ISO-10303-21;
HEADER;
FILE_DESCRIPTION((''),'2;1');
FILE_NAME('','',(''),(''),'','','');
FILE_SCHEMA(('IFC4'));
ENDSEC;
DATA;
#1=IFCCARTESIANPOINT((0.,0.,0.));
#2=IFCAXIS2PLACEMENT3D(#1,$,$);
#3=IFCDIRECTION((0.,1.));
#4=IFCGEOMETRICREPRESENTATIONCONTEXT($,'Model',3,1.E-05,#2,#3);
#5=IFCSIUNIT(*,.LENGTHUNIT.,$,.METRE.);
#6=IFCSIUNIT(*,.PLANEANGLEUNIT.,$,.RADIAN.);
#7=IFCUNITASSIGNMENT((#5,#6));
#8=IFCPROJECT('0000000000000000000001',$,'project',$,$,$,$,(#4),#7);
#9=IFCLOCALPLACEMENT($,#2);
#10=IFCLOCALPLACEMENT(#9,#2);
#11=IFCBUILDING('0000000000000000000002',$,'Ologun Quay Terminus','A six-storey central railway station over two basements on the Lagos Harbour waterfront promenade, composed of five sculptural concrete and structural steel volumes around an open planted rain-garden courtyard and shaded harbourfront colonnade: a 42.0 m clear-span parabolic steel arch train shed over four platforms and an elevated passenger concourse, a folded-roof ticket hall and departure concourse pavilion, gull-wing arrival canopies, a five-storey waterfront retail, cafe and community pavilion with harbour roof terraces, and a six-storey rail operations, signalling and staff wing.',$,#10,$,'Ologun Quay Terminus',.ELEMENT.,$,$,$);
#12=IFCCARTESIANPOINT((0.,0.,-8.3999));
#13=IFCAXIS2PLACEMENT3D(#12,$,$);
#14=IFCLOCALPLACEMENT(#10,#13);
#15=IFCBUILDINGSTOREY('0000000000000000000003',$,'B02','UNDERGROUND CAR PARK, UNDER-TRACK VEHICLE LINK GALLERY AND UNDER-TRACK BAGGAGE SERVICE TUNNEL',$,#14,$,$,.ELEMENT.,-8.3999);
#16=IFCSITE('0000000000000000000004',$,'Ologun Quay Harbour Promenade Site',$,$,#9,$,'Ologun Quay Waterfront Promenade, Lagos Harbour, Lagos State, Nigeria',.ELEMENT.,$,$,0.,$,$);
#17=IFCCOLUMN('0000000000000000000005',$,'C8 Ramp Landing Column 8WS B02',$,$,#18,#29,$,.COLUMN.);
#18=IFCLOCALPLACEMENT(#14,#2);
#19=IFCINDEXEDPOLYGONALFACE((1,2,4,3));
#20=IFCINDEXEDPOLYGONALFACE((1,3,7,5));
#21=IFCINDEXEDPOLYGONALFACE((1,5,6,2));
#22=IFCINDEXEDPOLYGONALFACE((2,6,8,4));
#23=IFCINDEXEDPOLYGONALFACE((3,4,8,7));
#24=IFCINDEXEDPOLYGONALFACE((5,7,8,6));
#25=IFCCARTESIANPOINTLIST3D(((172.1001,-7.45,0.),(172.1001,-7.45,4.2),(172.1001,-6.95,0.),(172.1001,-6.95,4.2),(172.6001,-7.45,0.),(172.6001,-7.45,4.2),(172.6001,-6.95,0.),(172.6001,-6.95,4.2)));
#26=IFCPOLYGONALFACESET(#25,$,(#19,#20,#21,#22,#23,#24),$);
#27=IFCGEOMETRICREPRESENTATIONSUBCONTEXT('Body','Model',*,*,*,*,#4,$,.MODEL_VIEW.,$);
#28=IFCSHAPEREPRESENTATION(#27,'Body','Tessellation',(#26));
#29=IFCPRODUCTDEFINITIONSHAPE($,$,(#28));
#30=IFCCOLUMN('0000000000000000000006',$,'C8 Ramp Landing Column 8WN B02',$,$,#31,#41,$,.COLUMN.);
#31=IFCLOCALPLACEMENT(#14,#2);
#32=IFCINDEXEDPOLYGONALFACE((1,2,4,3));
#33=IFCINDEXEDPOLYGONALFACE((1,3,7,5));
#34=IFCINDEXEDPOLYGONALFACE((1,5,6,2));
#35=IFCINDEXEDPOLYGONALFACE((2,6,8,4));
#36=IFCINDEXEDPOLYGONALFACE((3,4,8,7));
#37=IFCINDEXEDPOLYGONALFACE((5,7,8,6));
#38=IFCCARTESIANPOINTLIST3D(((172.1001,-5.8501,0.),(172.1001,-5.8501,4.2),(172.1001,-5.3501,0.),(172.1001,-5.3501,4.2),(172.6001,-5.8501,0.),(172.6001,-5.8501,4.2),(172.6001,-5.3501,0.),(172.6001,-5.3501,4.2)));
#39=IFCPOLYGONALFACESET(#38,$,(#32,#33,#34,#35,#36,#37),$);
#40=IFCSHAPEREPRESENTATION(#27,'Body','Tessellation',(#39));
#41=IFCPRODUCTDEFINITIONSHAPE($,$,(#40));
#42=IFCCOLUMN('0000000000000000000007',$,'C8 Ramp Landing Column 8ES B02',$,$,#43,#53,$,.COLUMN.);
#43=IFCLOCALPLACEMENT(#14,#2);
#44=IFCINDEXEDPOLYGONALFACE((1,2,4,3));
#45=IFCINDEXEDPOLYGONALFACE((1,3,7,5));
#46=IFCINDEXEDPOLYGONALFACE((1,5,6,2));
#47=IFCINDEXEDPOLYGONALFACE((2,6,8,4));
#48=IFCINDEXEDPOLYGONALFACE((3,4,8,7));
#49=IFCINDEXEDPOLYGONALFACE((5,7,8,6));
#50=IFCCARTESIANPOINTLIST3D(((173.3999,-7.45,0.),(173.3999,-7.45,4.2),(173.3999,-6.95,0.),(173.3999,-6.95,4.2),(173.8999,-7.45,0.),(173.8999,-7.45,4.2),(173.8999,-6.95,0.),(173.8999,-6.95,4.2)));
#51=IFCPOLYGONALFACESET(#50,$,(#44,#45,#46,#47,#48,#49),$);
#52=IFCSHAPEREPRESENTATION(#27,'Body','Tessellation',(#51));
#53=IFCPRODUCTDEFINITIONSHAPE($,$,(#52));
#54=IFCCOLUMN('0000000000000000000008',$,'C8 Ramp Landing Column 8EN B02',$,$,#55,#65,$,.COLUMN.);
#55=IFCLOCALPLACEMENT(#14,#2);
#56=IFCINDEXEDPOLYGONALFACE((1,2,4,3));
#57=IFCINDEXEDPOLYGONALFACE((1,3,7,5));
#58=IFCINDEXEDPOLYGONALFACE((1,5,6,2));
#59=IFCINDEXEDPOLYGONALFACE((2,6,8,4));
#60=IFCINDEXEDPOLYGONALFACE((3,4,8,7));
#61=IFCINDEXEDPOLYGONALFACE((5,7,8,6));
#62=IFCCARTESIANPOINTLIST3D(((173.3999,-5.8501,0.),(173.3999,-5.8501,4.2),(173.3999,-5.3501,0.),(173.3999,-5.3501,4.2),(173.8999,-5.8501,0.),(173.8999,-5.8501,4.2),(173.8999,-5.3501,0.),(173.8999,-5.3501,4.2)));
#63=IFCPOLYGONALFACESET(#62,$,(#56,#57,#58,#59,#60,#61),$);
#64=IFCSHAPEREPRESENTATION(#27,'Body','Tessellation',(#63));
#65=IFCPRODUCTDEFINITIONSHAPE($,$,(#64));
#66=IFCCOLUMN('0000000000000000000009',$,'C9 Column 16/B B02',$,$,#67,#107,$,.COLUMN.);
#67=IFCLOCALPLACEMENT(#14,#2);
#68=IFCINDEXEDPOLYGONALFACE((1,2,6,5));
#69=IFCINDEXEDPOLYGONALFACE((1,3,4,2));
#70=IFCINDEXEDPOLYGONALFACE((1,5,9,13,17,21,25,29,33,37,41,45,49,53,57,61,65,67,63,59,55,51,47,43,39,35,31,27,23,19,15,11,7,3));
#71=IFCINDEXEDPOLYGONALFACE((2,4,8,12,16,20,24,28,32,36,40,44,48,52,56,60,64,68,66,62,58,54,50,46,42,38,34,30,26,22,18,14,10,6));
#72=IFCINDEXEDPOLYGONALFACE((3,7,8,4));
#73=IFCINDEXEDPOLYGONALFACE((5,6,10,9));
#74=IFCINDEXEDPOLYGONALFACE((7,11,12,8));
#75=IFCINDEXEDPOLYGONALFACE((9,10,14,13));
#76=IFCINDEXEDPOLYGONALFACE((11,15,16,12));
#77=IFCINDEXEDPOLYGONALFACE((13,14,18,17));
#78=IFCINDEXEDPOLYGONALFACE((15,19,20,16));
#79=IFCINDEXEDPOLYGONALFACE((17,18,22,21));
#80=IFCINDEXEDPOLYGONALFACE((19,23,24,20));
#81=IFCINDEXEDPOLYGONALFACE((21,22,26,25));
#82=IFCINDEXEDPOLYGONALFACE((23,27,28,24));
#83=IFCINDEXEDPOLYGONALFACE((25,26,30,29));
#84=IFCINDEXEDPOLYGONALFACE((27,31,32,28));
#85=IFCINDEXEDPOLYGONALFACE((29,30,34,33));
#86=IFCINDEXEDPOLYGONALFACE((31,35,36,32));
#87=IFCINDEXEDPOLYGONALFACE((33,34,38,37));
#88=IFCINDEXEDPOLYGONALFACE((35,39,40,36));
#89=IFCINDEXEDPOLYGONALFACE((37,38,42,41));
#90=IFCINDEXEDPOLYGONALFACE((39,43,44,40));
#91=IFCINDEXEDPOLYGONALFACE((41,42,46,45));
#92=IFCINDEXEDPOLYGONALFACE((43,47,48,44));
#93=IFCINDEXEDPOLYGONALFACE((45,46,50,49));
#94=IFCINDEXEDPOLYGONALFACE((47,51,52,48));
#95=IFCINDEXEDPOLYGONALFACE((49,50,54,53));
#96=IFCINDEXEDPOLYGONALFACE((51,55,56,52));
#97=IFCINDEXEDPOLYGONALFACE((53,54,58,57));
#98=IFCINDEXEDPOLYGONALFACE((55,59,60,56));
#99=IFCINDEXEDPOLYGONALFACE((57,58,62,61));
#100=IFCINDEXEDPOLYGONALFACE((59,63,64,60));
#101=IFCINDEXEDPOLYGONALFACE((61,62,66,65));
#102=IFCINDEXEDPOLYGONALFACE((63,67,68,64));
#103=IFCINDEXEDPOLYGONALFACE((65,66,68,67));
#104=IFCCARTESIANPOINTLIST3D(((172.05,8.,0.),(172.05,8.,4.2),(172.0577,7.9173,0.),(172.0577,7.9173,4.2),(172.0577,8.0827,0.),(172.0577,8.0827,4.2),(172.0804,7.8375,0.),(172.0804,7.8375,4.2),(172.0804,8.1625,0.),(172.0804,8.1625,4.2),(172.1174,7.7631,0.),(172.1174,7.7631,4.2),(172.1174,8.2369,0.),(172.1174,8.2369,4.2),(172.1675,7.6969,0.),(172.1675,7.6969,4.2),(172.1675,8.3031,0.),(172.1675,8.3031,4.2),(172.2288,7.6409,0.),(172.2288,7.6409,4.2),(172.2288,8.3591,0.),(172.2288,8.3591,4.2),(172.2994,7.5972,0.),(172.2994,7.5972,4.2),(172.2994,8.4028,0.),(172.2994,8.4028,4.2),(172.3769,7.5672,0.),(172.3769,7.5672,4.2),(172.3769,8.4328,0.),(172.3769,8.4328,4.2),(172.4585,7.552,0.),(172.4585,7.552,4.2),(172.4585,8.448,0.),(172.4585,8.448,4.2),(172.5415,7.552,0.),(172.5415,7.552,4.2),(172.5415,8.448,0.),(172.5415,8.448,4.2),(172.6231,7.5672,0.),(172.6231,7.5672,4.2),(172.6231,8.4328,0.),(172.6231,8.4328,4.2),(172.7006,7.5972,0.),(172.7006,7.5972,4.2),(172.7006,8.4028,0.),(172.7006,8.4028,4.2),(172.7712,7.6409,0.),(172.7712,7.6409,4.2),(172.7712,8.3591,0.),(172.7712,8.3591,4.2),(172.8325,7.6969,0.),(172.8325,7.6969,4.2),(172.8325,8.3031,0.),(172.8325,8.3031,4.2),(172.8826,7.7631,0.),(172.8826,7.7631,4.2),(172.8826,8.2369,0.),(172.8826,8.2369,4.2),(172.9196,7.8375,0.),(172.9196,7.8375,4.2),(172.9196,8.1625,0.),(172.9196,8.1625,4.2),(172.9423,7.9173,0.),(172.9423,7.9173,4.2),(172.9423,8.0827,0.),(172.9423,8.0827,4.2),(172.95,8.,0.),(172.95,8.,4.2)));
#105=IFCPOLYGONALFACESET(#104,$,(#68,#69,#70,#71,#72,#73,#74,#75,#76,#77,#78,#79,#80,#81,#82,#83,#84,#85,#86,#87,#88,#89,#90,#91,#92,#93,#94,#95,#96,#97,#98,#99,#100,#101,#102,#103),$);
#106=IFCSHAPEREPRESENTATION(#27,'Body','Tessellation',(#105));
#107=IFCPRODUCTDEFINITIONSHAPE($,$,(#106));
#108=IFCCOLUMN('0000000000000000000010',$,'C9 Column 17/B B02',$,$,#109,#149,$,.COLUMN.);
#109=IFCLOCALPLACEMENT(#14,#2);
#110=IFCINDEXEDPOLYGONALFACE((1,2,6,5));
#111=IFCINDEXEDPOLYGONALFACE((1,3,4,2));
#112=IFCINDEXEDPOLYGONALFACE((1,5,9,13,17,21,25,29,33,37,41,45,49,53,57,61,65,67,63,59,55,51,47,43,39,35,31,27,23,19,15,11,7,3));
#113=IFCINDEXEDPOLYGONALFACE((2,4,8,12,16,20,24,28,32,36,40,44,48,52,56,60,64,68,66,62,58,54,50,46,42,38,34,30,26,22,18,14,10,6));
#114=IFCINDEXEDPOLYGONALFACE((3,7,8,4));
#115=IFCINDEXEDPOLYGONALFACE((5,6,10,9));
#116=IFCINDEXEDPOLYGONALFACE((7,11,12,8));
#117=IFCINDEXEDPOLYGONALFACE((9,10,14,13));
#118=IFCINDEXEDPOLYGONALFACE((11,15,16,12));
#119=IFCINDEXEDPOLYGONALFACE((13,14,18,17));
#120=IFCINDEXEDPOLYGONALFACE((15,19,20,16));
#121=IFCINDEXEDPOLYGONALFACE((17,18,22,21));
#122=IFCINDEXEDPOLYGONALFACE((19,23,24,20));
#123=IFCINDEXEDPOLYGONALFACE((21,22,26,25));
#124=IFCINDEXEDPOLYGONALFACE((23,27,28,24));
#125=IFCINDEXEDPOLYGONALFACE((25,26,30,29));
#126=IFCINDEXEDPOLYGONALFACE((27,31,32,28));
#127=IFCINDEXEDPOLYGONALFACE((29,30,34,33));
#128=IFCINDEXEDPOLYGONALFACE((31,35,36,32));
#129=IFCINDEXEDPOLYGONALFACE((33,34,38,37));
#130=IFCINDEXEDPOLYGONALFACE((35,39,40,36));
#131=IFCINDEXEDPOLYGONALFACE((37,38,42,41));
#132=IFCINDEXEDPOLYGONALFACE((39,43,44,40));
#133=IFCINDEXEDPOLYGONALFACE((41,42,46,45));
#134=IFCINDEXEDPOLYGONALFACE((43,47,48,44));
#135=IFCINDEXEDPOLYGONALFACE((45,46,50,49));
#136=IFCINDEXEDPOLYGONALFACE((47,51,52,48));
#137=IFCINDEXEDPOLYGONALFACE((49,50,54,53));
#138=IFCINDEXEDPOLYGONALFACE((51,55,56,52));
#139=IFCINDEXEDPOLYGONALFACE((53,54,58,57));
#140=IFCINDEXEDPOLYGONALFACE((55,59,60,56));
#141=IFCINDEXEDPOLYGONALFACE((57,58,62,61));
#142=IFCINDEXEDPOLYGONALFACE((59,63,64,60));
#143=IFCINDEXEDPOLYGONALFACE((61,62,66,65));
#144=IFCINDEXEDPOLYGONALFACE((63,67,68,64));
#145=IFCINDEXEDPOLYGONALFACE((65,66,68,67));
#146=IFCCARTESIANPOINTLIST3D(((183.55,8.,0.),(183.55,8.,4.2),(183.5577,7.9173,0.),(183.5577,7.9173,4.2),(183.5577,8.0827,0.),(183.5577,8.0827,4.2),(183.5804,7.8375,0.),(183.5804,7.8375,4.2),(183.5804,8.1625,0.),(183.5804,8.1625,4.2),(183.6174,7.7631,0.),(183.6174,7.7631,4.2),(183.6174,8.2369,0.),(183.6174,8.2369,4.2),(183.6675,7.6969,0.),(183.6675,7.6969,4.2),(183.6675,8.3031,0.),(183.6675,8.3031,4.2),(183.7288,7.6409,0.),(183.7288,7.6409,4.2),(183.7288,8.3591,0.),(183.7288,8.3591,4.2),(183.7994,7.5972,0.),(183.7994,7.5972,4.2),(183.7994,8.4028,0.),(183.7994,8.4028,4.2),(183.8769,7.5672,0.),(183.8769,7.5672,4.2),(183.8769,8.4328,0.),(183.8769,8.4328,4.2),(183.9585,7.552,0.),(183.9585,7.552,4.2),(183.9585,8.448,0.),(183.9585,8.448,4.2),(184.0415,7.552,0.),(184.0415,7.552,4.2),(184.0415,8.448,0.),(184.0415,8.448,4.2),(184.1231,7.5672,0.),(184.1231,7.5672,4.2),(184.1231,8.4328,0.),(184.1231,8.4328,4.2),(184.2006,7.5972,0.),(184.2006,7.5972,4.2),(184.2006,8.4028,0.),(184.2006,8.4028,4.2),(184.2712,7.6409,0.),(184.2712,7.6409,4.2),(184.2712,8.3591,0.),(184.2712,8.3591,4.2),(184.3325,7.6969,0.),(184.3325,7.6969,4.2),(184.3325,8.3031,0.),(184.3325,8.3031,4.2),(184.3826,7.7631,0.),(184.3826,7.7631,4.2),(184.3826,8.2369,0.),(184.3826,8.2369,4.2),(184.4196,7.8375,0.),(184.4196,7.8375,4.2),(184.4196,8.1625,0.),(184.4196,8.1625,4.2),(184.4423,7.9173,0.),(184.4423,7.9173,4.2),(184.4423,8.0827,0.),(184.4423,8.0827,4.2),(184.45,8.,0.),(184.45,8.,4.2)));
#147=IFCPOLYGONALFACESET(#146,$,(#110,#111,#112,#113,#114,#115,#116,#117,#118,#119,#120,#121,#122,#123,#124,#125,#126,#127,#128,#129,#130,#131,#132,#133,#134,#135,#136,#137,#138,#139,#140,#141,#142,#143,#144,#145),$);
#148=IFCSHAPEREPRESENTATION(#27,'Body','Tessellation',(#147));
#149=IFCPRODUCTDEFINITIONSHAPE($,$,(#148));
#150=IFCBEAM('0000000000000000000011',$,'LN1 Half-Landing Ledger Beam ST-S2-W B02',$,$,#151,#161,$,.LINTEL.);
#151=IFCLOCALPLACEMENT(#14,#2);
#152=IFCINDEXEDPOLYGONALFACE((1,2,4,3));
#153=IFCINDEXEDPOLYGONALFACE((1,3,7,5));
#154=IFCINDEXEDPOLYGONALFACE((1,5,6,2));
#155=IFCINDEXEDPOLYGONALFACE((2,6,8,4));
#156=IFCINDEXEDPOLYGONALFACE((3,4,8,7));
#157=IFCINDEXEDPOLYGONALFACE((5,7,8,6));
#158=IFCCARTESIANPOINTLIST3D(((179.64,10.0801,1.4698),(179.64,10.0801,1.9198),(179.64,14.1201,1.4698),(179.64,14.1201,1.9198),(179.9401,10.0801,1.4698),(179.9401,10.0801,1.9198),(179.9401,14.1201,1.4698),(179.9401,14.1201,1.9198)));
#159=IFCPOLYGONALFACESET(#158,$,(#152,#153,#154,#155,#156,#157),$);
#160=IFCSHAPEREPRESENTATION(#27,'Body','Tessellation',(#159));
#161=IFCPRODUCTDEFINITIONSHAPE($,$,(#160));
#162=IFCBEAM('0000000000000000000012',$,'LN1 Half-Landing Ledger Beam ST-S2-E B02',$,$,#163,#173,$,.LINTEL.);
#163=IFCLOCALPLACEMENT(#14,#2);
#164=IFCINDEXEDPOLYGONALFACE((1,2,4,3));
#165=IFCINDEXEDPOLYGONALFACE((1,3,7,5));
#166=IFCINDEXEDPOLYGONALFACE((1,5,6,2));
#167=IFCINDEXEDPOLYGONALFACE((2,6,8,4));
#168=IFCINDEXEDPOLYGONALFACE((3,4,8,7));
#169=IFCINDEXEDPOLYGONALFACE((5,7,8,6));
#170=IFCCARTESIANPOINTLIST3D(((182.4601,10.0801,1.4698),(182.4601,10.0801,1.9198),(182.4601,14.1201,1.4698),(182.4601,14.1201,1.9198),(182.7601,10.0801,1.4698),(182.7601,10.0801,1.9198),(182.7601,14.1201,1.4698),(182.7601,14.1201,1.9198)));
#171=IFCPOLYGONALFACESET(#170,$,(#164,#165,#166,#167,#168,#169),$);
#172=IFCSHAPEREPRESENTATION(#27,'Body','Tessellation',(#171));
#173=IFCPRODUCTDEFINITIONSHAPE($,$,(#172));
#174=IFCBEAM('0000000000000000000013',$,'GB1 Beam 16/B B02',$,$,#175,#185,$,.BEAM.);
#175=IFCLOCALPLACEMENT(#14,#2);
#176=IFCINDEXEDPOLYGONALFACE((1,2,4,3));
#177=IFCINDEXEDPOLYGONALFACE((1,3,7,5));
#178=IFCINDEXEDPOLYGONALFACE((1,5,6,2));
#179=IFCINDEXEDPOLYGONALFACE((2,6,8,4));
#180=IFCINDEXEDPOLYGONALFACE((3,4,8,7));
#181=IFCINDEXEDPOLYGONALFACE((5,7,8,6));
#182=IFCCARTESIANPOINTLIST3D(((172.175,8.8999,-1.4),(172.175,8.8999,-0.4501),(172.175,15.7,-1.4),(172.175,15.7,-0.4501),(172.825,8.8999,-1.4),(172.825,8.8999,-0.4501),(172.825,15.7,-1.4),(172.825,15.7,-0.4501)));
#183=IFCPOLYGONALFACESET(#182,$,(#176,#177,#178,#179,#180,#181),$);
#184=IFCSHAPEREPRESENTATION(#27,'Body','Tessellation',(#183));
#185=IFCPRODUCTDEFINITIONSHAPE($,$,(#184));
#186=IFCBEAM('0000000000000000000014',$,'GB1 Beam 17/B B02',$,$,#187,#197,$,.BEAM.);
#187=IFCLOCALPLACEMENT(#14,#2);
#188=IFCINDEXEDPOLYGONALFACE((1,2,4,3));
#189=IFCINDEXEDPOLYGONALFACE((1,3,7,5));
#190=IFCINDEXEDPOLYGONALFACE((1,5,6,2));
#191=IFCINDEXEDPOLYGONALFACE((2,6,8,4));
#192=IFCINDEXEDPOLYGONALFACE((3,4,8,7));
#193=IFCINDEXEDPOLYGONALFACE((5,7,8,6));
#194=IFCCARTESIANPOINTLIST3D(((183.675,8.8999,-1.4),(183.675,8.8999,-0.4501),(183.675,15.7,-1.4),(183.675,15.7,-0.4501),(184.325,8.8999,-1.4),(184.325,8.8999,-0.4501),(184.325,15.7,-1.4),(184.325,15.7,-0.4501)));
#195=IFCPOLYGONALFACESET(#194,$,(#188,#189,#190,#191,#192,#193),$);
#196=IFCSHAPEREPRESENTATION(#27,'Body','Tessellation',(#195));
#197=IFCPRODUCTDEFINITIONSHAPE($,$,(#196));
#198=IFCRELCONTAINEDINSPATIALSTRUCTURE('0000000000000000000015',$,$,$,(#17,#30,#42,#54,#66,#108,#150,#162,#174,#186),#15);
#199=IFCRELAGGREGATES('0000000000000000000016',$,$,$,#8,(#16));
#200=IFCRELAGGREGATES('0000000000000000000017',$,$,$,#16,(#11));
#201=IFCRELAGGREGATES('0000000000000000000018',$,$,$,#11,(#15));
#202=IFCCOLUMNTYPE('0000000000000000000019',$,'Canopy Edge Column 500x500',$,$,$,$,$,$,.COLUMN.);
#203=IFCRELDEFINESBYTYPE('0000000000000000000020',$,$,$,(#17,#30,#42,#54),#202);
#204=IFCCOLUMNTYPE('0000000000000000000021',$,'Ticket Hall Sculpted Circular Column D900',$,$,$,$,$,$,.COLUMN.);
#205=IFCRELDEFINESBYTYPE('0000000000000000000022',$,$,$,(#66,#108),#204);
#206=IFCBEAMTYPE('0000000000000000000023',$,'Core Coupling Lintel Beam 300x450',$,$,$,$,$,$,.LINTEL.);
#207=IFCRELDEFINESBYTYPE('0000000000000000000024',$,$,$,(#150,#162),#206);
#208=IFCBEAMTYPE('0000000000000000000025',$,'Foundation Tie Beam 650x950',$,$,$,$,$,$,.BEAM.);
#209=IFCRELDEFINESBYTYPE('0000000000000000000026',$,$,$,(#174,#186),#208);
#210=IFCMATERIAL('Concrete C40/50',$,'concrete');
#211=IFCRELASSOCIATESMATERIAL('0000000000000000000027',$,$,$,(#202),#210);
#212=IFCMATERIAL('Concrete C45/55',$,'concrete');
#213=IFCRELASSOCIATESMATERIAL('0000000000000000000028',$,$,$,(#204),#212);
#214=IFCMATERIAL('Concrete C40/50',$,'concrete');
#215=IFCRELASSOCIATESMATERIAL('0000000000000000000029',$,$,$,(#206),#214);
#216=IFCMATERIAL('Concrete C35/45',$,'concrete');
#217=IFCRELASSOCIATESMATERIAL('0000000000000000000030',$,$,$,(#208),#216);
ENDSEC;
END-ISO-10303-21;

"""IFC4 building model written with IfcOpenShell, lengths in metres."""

from ifc_helpers import new_model, si_unit, direction, frame, origin, origin_2d, place, context, subcontext, project, spatial, rectangle, circle, extrude, material, material_profile, profile_set, type_object, element, save


model = new_model("IFC4")

# Units and contexts
model_context = context("Model", 3, precision=1e-05, world=origin(), true_north=direction((0.0, 1.0)))
body_context = subcontext(model_context, "Body", "Model", "MODEL_VIEW")
ifc_project = project(units=[si_unit("LENGTHUNIT", "METRE"), si_unit("PLANEANGLEUNIT", "RADIAN")], contexts=[model_context])

# Site, building, storey
site_placement = place(None, origin())
site = spatial("IfcSite", under=ifc_project, at=site_placement, Name="Ologun Quay Harbour Promenade Site", LongName="Ologun Quay Waterfront Promenade, Lagos Harbour, Lagos State, Nigeria", CompositionType="ELEMENT", RefElevation=0.0)
building_placement = place(site_placement, origin())
building = spatial("IfcBuilding", under=site, at=building_placement, Name="Ologun Quay Terminus", Description="A six-storey central railway station over two basements on the Lagos Harbour waterfront promenade, composed of five sculptural concrete and structural steel volumes around an open planted rain-garden courtyard and shaded harbourfront colonnade: a 42.0 m clear-span parabolic steel arch train shed over four platforms and an elevated passenger concourse, a folded-roof ticket hall and departure concourse pavilion, gull-wing arrival canopies, a five-storey waterfront retail, cafe and community pavilion with harbour roof terraces, and a six-storey rail operations, signalling and staff wing.", LongName="Ologun Quay Terminus", CompositionType="ELEMENT")
storey_placement = place(building_placement, frame((0.0, 0.0, -8.3999)))
storey = spatial("IfcBuildingStorey", under=building, at=storey_placement, Name="B02", Description="UNDERGROUND CAR PARK, UNDER-TRACK VEHICLE LINK GALLERY AND UNDER-TRACK BAGGAGE SERVICE TUNNEL", CompositionType="ELEMENT", Elevation=-8.3999)

# Columns
ifc_material_1 = material(Name="Concrete C40/50", Category="concrete")
ifc_material_profile_1 = material_profile(ifc_material_1, rectangle(XDim=0.5, YDim=0.5, at=origin_2d()), Name="RC 500x500")
ifc_profile_set_1 = profile_set([ifc_material_profile_1], Name="Concrete C40/50")
column_type_1 = type_object("IfcColumnType", Name="Canopy Edge Column 500x500", PredefinedType="COLUMN", material=ifc_profile_set_1)
for number, where, z_axis, x_axis, name in (
    (1, (172.3501, -7.2, 0.0), (0.0, 0.0, 1.0), (1.0, 0.0, 0.0), "C8 Ramp Landing Column 8WS B02"),
    (2, (172.3501, -5.6001, 0.0), (0.0, 0.0, 1.0), (1.0, 0.0, 0.0), "C8 Ramp Landing Column 8WN B02"),
    (3, (173.6499, -7.2, 0.0), (0.0, 0.0, 1.0), (1.0, 0.0, 0.0), "C8 Ramp Landing Column 8ES B02"),
    (4, (173.6499, -5.6001, 0.0), (0.0, 0.0, 1.0), (1.0, 0.0, 0.0), "C8 Ramp Landing Column 8EN B02"),
):
    element("IfcColumn", number, at=place(storey_placement, frame(where, z_axis=z_axis, x_axis=x_axis)), inside=storey, type_object=column_type_1, Name=name, PredefinedType="COLUMN", context=body_context, shape_type="SweptSolid", body=[
        extrude(rectangle(XDim=0.5, YDim=0.5, at=origin_2d()), origin(), (0.0, 0.0, 1.0), 4.2),
    ])
ifc_material_2 = material(Name="Concrete C45/55", Category="concrete")
ifc_material_profile_2 = material_profile(ifc_material_2, circle(Radius=0.45, at=origin_2d()), Name="RC D900")
ifc_profile_set_2 = profile_set([ifc_material_profile_2], Name="Concrete C45/55")
column_type_2 = type_object("IfcColumnType", Name="Ticket Hall Sculpted Circular Column D900", PredefinedType="COLUMN", material=ifc_profile_set_2)
for number, where, z_axis, x_axis, name in (
    (5, (172.5, 8.0, 0.0), (0.0, 0.0, 1.0), (1.0, 0.0, 0.0), "C9 Column 16/B B02"),
    (6, (184.0, 8.0, 0.0), (0.0, 0.0, 1.0), (1.0, 0.0, 0.0), "C9 Column 17/B B02"),
):
    element("IfcColumn", number, at=place(storey_placement, frame(where, z_axis=z_axis, x_axis=x_axis)), inside=storey, type_object=column_type_2, Name=name, PredefinedType="COLUMN", context=body_context, shape_type="SweptSolid", body=[
        extrude(circle(Radius=0.45, at=origin_2d()), origin(), (0.0, 0.0, 1.0), 4.2),
    ])

# Beams
ifc_material_3 = material(Name="Concrete C40/50", Category="concrete")
ifc_material_profile_3 = material_profile(ifc_material_3, rectangle(XDim=0.3, YDim=0.45, at=origin_2d()), Name="RC 300x450")
ifc_profile_set_3 = profile_set([ifc_material_profile_3], Name="Concrete C40/50")
beam_type_1 = type_object("IfcBeamType", Name="Core Coupling Lintel Beam 300x450", PredefinedType="LINTEL", material=ifc_profile_set_3)
for number, where, z_axis, x_axis, name in (
    (7, (179.79, 10.0801, 1.6948), (0.0, 1.0, 0.0), (-1.0, 0.0, 0.0), "LN1 Half-Landing Ledger Beam ST-S2-W B02"),
    (8, (182.6101, 10.0801, 1.6948), (0.0, 1.0, 0.0), (-1.0, 0.0, 0.0), "LN1 Half-Landing Ledger Beam ST-S2-E B02"),
):
    element("IfcBeam", number, at=place(storey_placement, frame(where, z_axis=z_axis, x_axis=x_axis)), inside=storey, type_object=beam_type_1, Name=name, PredefinedType="LINTEL", context=body_context, shape_type="SweptSolid", body=[
        extrude(rectangle(XDim=0.3, YDim=0.45, at=origin_2d()), origin(), (0.0, 0.0, 1.0), 4.04),
    ])
ifc_material_4 = material(Name="Concrete C35/45", Category="concrete")
ifc_material_profile_4 = material_profile(ifc_material_4, rectangle(XDim=0.6499, YDim=0.95, at=origin_2d()), Name="RC 650x950")
ifc_profile_set_4 = profile_set([ifc_material_profile_4], Name="Concrete C35/45")
beam_type_2 = type_object("IfcBeamType", Name="Foundation Tie Beam 650x950", PredefinedType="BEAM", material=ifc_profile_set_4)
for number, where, z_axis, x_axis, name in (
    (9, (172.5, 8.8999, -0.925), (0.0, 1.0, 0.0), (-1.0, 0.0, 0.0), "GB1 Beam 16/B B02"),
    (10, (184.0, 8.8999, -0.925), (0.0, 1.0, 0.0), (-1.0, 0.0, 0.0), "GB1 Beam 17/B B02"),
):
    element("IfcBeam", number, at=place(storey_placement, frame(where, z_axis=z_axis, x_axis=x_axis)), inside=storey, type_object=beam_type_2, Name=name, PredefinedType="BEAM", context=body_context, shape_type="SweptSolid", body=[
        extrude(rectangle(XDim=0.6499, YDim=0.95, at=origin_2d()), origin(), (0.0, 0.0, 1.0), 6.8),
    ])

save(model, "model.ifc")
